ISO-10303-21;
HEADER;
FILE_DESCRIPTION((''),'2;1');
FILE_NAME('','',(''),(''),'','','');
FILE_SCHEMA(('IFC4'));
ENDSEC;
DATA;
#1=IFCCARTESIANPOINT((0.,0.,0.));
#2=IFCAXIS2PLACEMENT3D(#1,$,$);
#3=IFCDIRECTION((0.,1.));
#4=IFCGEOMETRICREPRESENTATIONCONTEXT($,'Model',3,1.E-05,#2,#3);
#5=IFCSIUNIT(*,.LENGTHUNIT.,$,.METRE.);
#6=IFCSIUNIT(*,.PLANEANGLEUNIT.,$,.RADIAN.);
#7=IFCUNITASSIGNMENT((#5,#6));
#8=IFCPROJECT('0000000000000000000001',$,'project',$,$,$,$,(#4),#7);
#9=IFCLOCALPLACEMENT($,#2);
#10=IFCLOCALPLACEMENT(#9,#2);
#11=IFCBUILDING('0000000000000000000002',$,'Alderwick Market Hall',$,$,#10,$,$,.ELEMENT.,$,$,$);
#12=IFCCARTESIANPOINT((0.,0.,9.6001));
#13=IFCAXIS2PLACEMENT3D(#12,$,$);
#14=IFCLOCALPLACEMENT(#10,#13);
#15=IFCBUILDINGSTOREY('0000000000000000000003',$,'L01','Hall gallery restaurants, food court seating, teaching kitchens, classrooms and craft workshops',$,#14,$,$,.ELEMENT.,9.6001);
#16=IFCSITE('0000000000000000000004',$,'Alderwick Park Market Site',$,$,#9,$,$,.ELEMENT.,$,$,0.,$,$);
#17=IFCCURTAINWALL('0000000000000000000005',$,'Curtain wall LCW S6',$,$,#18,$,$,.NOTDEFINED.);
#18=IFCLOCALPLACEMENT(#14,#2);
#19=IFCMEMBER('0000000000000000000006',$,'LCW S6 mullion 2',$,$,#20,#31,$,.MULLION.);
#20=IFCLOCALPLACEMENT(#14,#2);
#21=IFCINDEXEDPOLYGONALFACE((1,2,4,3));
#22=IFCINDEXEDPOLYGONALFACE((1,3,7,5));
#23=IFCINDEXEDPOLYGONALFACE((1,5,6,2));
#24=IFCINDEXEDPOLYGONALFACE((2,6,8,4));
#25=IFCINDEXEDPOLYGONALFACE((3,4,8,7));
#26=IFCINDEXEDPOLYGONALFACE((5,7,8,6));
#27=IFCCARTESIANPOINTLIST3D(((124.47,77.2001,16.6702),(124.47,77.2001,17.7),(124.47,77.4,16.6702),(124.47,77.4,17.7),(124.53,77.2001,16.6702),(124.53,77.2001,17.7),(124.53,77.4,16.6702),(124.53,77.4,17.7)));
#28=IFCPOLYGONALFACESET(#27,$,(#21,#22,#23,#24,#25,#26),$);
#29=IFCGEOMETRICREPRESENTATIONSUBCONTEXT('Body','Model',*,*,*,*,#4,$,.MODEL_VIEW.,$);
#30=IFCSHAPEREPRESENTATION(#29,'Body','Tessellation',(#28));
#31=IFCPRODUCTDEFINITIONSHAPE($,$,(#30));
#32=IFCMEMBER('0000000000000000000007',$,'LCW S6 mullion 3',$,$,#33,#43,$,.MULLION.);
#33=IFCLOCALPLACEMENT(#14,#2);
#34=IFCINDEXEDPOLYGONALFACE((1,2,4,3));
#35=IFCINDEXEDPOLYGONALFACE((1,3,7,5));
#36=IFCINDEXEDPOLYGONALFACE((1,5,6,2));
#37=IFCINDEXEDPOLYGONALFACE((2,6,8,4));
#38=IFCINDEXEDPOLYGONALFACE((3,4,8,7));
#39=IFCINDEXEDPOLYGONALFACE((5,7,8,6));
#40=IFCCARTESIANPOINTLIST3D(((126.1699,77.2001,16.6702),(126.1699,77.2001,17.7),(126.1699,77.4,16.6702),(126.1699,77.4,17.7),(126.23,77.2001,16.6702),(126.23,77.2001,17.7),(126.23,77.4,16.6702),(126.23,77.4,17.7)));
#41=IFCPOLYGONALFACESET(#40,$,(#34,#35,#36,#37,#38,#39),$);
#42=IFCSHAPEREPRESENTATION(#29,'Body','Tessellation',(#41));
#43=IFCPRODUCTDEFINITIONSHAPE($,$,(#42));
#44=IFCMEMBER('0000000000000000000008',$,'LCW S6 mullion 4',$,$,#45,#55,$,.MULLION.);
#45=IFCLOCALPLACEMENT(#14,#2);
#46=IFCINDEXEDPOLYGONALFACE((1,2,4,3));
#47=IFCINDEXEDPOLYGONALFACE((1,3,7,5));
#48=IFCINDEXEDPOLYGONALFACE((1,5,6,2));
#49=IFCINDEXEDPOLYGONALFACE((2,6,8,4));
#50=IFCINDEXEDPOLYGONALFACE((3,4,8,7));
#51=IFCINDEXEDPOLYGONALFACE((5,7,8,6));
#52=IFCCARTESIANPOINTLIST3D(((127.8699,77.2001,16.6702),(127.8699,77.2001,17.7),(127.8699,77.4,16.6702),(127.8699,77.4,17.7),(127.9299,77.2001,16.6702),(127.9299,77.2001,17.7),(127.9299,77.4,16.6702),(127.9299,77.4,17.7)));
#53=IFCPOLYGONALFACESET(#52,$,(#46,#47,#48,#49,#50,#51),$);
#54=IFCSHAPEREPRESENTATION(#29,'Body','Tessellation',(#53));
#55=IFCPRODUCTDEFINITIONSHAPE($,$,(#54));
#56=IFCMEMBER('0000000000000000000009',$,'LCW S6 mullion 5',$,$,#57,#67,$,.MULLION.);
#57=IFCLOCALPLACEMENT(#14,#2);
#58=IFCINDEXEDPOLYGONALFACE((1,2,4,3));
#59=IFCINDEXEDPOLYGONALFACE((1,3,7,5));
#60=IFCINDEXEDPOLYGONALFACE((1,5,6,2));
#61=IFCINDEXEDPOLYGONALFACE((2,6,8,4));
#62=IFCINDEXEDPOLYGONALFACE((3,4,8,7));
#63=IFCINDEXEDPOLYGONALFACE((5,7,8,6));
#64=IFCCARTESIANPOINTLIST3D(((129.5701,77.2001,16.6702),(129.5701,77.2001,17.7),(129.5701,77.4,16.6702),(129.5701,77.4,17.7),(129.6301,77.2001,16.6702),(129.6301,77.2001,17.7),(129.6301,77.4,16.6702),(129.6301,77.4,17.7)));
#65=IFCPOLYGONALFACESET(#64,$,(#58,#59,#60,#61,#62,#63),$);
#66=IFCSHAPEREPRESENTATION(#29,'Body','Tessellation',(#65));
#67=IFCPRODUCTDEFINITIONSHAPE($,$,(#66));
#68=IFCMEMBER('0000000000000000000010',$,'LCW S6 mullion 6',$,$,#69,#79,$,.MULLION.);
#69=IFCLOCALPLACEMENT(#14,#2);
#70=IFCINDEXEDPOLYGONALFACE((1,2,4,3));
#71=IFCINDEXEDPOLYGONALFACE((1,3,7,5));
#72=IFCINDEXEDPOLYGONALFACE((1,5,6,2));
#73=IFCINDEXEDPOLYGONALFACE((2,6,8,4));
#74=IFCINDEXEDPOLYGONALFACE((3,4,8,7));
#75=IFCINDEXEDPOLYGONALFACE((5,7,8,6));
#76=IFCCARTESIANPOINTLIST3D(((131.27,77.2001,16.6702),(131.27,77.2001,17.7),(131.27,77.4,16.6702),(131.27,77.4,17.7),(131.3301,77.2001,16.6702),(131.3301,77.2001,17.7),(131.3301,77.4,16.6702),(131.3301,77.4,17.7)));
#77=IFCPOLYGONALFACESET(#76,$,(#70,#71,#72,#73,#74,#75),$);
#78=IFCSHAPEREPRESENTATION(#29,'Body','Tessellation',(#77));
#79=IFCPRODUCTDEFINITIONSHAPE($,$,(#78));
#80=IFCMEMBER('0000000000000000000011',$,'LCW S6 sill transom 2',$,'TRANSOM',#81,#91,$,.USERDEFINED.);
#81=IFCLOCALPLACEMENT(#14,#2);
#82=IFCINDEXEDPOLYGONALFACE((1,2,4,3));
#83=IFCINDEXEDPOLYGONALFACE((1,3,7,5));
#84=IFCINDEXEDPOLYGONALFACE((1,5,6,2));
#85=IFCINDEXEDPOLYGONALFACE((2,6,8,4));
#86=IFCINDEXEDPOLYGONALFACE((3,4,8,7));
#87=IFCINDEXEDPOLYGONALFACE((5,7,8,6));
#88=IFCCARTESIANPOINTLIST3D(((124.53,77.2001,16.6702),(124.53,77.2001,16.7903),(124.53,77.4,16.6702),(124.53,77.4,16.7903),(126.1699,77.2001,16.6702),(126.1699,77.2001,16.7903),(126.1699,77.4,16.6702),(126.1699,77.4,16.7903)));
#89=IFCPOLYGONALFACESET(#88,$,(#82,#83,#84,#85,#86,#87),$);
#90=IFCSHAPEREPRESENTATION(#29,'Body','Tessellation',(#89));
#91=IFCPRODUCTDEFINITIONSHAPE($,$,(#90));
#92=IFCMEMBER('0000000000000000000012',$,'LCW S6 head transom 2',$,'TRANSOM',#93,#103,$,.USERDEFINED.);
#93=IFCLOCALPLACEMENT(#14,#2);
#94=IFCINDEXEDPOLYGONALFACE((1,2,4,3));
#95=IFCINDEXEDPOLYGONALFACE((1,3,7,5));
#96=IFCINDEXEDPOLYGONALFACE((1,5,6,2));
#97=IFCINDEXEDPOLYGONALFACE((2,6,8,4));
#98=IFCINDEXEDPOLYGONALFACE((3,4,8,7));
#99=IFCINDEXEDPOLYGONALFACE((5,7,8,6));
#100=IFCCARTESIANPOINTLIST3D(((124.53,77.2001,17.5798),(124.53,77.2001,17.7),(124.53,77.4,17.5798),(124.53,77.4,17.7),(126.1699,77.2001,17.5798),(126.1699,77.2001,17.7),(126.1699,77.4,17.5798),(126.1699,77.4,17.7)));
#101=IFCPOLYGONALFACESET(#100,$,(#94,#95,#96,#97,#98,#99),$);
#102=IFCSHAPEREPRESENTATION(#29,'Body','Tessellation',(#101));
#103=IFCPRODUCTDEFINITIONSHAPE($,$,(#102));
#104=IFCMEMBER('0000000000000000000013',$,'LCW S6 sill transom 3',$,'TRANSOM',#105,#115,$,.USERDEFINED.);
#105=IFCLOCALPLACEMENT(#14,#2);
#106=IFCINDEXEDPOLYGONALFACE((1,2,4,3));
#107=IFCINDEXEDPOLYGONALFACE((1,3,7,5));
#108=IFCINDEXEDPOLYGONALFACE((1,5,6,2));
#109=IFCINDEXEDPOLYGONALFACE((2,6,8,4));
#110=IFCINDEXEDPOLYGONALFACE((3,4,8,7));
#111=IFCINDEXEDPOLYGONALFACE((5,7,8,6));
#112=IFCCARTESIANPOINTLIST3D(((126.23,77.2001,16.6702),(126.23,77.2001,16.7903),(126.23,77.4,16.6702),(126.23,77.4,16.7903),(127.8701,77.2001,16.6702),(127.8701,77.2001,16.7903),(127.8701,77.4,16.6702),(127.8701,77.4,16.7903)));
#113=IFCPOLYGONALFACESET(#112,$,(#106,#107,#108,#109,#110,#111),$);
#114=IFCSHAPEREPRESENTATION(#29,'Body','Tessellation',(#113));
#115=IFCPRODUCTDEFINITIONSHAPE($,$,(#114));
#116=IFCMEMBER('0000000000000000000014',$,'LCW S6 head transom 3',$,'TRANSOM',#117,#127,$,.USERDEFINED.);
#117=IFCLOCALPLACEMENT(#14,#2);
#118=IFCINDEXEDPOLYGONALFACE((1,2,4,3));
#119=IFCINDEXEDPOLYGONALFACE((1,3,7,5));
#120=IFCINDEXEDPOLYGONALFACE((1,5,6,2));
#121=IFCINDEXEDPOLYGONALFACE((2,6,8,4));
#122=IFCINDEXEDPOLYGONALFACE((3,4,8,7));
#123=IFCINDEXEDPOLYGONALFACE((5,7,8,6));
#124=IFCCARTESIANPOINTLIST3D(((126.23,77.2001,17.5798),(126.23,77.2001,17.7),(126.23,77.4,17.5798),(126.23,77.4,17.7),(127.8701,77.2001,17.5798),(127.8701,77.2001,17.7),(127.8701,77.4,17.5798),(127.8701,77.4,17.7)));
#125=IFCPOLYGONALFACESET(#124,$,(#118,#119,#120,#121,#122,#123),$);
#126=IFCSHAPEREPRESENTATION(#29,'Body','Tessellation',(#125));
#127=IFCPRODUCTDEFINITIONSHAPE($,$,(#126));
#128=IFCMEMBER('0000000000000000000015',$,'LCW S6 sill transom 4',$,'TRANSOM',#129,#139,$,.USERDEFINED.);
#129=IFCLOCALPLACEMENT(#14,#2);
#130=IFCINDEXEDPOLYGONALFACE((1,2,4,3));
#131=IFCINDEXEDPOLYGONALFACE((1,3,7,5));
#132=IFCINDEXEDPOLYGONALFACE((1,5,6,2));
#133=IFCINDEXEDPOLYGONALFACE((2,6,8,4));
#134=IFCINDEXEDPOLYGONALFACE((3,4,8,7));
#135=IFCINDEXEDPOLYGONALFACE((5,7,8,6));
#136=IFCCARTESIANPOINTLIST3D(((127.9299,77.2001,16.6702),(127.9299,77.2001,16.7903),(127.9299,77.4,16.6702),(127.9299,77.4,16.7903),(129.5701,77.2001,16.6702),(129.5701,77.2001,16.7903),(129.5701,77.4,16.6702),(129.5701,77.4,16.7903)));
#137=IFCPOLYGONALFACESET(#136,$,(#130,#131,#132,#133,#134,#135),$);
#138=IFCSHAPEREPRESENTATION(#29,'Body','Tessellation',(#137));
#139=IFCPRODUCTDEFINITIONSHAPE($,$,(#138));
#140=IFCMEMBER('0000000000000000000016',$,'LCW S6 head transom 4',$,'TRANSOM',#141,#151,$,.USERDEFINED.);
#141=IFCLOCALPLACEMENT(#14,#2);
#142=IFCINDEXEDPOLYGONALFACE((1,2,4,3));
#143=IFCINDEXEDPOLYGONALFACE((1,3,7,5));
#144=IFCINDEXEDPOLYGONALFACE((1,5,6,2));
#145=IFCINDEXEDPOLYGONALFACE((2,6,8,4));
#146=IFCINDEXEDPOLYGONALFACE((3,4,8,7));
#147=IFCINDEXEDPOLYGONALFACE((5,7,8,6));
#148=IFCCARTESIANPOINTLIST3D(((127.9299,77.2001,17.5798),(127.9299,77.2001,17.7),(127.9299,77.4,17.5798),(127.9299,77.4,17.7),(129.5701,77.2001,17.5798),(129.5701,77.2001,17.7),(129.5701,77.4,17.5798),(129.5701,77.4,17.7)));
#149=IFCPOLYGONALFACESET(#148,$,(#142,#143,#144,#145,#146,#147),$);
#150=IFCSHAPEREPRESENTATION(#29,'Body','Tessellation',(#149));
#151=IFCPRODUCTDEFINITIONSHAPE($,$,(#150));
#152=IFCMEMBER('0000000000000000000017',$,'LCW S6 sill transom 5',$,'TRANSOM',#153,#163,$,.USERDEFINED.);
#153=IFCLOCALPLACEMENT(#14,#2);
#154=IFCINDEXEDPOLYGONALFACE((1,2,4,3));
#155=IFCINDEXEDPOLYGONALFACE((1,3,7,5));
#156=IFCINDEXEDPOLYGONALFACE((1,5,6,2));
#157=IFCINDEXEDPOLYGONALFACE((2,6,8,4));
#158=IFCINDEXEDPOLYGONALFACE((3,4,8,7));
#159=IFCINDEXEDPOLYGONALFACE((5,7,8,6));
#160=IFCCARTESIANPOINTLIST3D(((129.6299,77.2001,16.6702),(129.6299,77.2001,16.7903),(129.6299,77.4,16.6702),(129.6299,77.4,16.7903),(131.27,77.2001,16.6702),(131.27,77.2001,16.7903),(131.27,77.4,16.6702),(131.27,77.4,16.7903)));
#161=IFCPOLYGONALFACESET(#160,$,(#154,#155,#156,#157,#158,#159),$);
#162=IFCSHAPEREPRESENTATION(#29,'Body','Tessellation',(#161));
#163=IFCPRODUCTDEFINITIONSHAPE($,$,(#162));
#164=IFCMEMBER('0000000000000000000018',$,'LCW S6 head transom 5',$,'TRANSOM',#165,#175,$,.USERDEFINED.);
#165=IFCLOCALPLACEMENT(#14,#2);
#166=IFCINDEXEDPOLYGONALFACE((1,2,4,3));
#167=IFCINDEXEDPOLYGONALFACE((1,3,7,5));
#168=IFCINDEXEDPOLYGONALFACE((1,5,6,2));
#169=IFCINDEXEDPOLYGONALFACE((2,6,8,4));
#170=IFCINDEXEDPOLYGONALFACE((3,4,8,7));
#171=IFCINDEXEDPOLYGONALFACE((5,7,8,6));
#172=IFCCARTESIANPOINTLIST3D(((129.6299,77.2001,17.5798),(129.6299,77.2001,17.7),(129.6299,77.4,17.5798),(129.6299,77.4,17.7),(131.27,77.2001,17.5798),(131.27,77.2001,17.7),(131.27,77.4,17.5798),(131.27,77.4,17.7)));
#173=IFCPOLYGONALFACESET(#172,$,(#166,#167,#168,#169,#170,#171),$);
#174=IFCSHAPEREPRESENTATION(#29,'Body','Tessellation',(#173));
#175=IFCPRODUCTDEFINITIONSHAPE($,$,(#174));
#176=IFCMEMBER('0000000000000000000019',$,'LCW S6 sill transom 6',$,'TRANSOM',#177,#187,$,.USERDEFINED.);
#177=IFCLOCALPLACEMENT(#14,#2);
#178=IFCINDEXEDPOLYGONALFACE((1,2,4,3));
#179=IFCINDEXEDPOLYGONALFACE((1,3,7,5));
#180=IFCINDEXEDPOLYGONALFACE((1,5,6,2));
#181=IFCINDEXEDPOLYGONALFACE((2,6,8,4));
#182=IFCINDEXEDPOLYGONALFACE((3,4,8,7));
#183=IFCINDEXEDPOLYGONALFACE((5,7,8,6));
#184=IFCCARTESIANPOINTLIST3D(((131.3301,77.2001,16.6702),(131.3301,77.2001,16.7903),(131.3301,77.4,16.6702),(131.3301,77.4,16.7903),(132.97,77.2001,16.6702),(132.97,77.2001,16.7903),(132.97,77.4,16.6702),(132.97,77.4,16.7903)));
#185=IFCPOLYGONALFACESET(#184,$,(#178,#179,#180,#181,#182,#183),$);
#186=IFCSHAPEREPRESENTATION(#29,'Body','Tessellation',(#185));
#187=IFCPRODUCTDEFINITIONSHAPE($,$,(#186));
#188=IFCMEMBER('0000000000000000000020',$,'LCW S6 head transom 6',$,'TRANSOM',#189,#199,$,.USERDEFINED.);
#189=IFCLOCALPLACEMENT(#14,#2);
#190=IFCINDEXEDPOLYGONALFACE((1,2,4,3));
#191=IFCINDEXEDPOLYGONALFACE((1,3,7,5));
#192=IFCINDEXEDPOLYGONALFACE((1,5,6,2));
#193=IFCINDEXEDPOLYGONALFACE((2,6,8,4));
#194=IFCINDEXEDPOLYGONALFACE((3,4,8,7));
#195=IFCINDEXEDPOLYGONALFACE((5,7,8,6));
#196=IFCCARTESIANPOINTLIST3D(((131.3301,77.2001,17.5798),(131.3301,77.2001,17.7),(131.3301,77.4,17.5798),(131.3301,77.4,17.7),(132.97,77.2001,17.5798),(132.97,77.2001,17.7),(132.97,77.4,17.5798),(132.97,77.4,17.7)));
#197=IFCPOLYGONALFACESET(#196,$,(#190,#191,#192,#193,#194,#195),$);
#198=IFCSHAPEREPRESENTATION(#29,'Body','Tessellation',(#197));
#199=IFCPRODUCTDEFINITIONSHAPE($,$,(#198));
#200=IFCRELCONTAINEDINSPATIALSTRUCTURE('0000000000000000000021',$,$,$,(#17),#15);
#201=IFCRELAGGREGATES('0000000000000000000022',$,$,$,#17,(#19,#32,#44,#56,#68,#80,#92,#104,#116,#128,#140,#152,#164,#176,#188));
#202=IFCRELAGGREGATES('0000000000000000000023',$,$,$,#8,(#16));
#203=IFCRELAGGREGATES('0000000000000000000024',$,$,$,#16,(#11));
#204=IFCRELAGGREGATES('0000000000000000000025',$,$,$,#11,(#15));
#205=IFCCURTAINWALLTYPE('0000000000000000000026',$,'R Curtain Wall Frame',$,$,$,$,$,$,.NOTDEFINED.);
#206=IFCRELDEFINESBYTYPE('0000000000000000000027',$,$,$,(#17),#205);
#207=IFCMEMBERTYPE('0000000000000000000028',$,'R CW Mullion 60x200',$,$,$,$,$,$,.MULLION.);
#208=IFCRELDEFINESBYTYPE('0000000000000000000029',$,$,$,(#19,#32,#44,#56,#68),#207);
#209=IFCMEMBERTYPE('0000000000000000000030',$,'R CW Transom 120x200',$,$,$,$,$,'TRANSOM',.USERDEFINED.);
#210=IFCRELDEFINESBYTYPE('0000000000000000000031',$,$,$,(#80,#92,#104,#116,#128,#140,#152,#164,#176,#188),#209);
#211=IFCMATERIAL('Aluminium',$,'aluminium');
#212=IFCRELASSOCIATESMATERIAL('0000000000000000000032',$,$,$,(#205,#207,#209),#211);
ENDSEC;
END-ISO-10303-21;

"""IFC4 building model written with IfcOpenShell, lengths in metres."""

from ifc_helpers import new_model, si_unit, direction, frame, origin, origin_2d, place, context, subcontext, project, spatial, rectangle, extrude, material, material_profile, profile_set, type_object, element, aggregate, save


model = new_model("IFC4")

# Units and contexts
model_context = context("Model", 3, precision=1e-05, world=origin(), true_north=direction((0.0, 1.0)))
body_context = subcontext(model_context, "Body", "Model", "MODEL_VIEW")
ifc_project = project(units=[si_unit("LENGTHUNIT", "METRE"), si_unit("PLANEANGLEUNIT", "RADIAN")], contexts=[model_context])

# Site, building, storey
site_placement = place(None, origin())
site = spatial("IfcSite", under=ifc_project, at=site_placement, Name="Alderwick Park Market Site", CompositionType="ELEMENT", RefElevation=0.0)
building_placement = place(site_placement, origin())
building = spatial("IfcBuilding", under=site, at=building_placement, Name="Alderwick Market Hall", CompositionType="ELEMENT")
storey_placement = place(building_placement, frame((0.0, 0.0, 9.6001)))
storey = spatial("IfcBuildingStorey", under=building, at=storey_placement, Name="L01", Description="Hall gallery restaurants, food court seating, teaching kitchens, classrooms and craft workshops", CompositionType="ELEMENT", Elevation=9.6001)

# Curtain wall, members
ifc_material_1 = material(Name="Aluminium", Category="aluminium")
curtain_wall_type = type_object("IfcCurtainWallType", Name="R Curtain Wall Frame", PredefinedType="NOTDEFINED", material=ifc_material_1)
curtain_wall_placement = place(storey_placement, origin())
curtain_wall = element("IfcCurtainWall", 1, at=curtain_wall_placement, inside=storey, type_object=curtain_wall_type, Name="Curtain wall LCW S6", PredefinedType="NOTDEFINED")
ifc_material_profile_1 = material_profile(ifc_material_1, rectangle(XDim=0.2, YDim=0.0601, at=origin_2d()), Name="AL 60x200")
ifc_profile_set_1 = profile_set([ifc_material_profile_1], Name="Aluminium")
member_type_1 = type_object("IfcMemberType", Name="R CW Mullion 60x200", PredefinedType="MULLION", material=ifc_profile_set_1)
member_1_placement = place(storey_placement, frame((124.5, 77.3, 16.6702), z_axis=(0.0, 0.0, 1.0), x_axis=(0.0, 1.0, 0.0)))
member_1 = element("IfcMember", 2, at=member_1_placement, type_object=member_type_1, Name="LCW S6 mullion 2", PredefinedType="MULLION", context=body_context, shape_type="SweptSolid", body=[
    extrude(rectangle(XDim=0.2, YDim=0.0601, at=origin_2d()), origin(), (0.0, 0.0, 1.0), 1.0298),
])
member_2_placement = place(storey_placement, frame((126.2, 77.3, 16.6702), z_axis=(0.0, 0.0, 1.0), x_axis=(0.0, 1.0, 0.0)))
member_2 = element("IfcMember", 3, at=member_2_placement, type_object=member_type_1, Name="LCW S6 mullion 3", PredefinedType="MULLION", context=body_context, shape_type="SweptSolid", body=[
    extrude(rectangle(XDim=0.2, YDim=0.0601, at=origin_2d()), origin(), (0.0, 0.0, 1.0), 1.0298),
])
member_3_placement = place(storey_placement, frame((127.8999, 77.3, 16.6702), z_axis=(0.0, 0.0, 1.0), x_axis=(0.0, 1.0, 0.0)))
member_3 = element("IfcMember", 4, at=member_3_placement, type_object=member_type_1, Name="LCW S6 mullion 4", PredefinedType="MULLION", context=body_context, shape_type="SweptSolid", body=[
    extrude(rectangle(XDim=0.2, YDim=0.0601, at=origin_2d()), origin(), (0.0, 0.0, 1.0), 1.0298),
])
member_4_placement = place(storey_placement, frame((129.6001, 77.3, 16.6702), z_axis=(0.0, 0.0, 1.0), x_axis=(0.0, 1.0, 0.0)))
member_4 = element("IfcMember", 5, at=member_4_placement, type_object=member_type_1, Name="LCW S6 mullion 5", PredefinedType="MULLION", context=body_context, shape_type="SweptSolid", body=[
    extrude(rectangle(XDim=0.2, YDim=0.0601, at=origin_2d()), origin(), (0.0, 0.0, 1.0), 1.0298),
])
member_5_placement = place(storey_placement, frame((131.3, 77.3, 16.6702), z_axis=(0.0, 0.0, 1.0), x_axis=(0.0, 1.0, 0.0)))
member_5 = element("IfcMember", 6, at=member_5_placement, type_object=member_type_1, Name="LCW S6 mullion 6", PredefinedType="MULLION", context=body_context, shape_type="SweptSolid", body=[
    extrude(rectangle(XDim=0.2, YDim=0.0601, at=origin_2d()), origin(), (0.0, 0.0, 1.0), 1.0298),
])
ifc_material_profile_2 = material_profile(ifc_material_1, rectangle(XDim=0.2, YDim=0.1201, at=origin_2d()), Name="AL 120x200")
ifc_profile_set_2 = profile_set([ifc_material_profile_2], Name="Aluminium")
member_type_2 = type_object("IfcMemberType", Name="R CW Transom 120x200", ElementType="TRANSOM", PredefinedType="USERDEFINED", material=ifc_profile_set_2)
member_6_placement = place(storey_placement, frame((124.53, 77.3, 16.7302), z_axis=(1.0, 0.0, 0.0), x_axis=(0.0, 1.0, 0.0)))
member_6 = element("IfcMember", 7, at=member_6_placement, type_object=member_type_2, Name="LCW S6 sill transom 2", ObjectType="TRANSOM", PredefinedType="USERDEFINED", context=body_context, shape_type="SweptSolid", body=[
    extrude(rectangle(XDim=0.2, YDim=0.1201, at=origin_2d()), origin(), (0.0, 0.0, 1.0), 1.6399),
])
member_7_placement = place(storey_placement, frame((124.53, 77.3, 17.6399), z_axis=(1.0, 0.0, 0.0), x_axis=(0.0, 1.0, 0.0)))
member_7 = element("IfcMember", 8, at=member_7_placement, type_object=member_type_2, Name="LCW S6 head transom 2", ObjectType="TRANSOM", PredefinedType="USERDEFINED", context=body_context, shape_type="SweptSolid", body=[
    extrude(rectangle(XDim=0.2, YDim=0.1201, at=origin_2d()), origin(), (0.0, 0.0, 1.0), 1.6399),
])
member_8_placement = place(storey_placement, frame((126.23, 77.3, 16.7302), z_axis=(1.0, 0.0, 0.0), x_axis=(0.0, 1.0, 0.0)))
member_8 = element("IfcMember", 9, at=member_8_placement, type_object=member_type_2, Name="LCW S6 sill transom 3", ObjectType="TRANSOM", PredefinedType="USERDEFINED", context=body_context, shape_type="SweptSolid", body=[
    extrude(rectangle(XDim=0.2, YDim=0.1201, at=origin_2d()), origin(), (0.0, 0.0, 1.0), 1.6401),
])
member_9_placement = place(storey_placement, frame((126.23, 77.3, 17.6399), z_axis=(1.0, 0.0, 0.0), x_axis=(0.0, 1.0, 0.0)))
member_9 = element("IfcMember", 10, at=member_9_placement, type_object=member_type_2, Name="LCW S6 head transom 3", ObjectType="TRANSOM", PredefinedType="USERDEFINED", context=body_context, shape_type="SweptSolid", body=[
    extrude(rectangle(XDim=0.2, YDim=0.1201, at=origin_2d()), origin(), (0.0, 0.0, 1.0), 1.6401),
])
member_10_placement = place(storey_placement, frame((127.9299, 77.3, 16.7302), z_axis=(1.0, 0.0, 0.0), x_axis=(0.0, 1.0, 0.0)))
member_10 = element("IfcMember", 11, at=member_10_placement, type_object=member_type_2, Name="LCW S6 sill transom 4", ObjectType="TRANSOM", PredefinedType="USERDEFINED", context=body_context, shape_type="SweptSolid", body=[
    extrude(rectangle(XDim=0.2, YDim=0.1201, at=origin_2d()), origin(), (0.0, 0.0, 1.0), 1.6401),
])
member_11_placement = place(storey_placement, frame((127.9299, 77.3, 17.6399), z_axis=(1.0, 0.0, 0.0), x_axis=(0.0, 1.0, 0.0)))
member_11 = element("IfcMember", 12, at=member_11_placement, type_object=member_type_2, Name="LCW S6 head transom 4", ObjectType="TRANSOM", PredefinedType="USERDEFINED", context=body_context, shape_type="SweptSolid", body=[
    extrude(rectangle(XDim=0.2, YDim=0.1201, at=origin_2d()), origin(), (0.0, 0.0, 1.0), 1.6401),
])
member_12_placement = place(storey_placement, frame((129.6299, 77.3, 16.7302), z_axis=(1.0, 0.0, 0.0), x_axis=(0.0, 1.0, 0.0)))
member_12 = element("IfcMember", 13, at=member_12_placement, type_object=member_type_2, Name="LCW S6 sill transom 5", ObjectType="TRANSOM", PredefinedType="USERDEFINED", context=body_context, shape_type="SweptSolid", body=[
    extrude(rectangle(XDim=0.2, YDim=0.1201, at=origin_2d()), origin(), (0.0, 0.0, 1.0), 1.6401),
])
member_13_placement = place(storey_placement, frame((129.6299, 77.3, 17.6399), z_axis=(1.0, 0.0, 0.0), x_axis=(0.0, 1.0, 0.0)))
member_13 = element("IfcMember", 14, at=member_13_placement, type_object=member_type_2, Name="LCW S6 head transom 5", ObjectType="TRANSOM", PredefinedType="USERDEFINED", context=body_context, shape_type="SweptSolid", body=[
    extrude(rectangle(XDim=0.2, YDim=0.1201, at=origin_2d()), origin(), (0.0, 0.0, 1.0), 1.6401),
])
member_14_placement = place(storey_placement, frame((131.3301, 77.3, 16.7302), z_axis=(1.0, 0.0, 0.0), x_axis=(0.0, 1.0, 0.0)))
member_14 = element("IfcMember", 15, at=member_14_placement, type_object=member_type_2, Name="LCW S6 sill transom 6", ObjectType="TRANSOM", PredefinedType="USERDEFINED", context=body_context, shape_type="SweptSolid", body=[
    extrude(rectangle(XDim=0.2, YDim=0.1201, at=origin_2d()), origin(), (0.0, 0.0, 1.0), 1.6399),
])
member_15_placement = place(storey_placement, frame((131.3301, 77.3, 17.6399), z_axis=(1.0, 0.0, 0.0), x_axis=(0.0, 1.0, 0.0)))
member_15 = element("IfcMember", 16, at=member_15_placement, type_object=member_type_2, Name="LCW S6 head transom 6", ObjectType="TRANSOM", PredefinedType="USERDEFINED", context=body_context, shape_type="SweptSolid", body=[
    extrude(rectangle(XDim=0.2, YDim=0.1201, at=origin_2d()), origin(), (0.0, 0.0, 1.0), 1.6399),
])
aggregate(curtain_wall, [member_1, member_2, member_3, member_4, member_5, member_6, member_7, member_8, member_9, member_10, member_11, member_12, member_13, member_14, member_15])

save(model, "model.ifc")
